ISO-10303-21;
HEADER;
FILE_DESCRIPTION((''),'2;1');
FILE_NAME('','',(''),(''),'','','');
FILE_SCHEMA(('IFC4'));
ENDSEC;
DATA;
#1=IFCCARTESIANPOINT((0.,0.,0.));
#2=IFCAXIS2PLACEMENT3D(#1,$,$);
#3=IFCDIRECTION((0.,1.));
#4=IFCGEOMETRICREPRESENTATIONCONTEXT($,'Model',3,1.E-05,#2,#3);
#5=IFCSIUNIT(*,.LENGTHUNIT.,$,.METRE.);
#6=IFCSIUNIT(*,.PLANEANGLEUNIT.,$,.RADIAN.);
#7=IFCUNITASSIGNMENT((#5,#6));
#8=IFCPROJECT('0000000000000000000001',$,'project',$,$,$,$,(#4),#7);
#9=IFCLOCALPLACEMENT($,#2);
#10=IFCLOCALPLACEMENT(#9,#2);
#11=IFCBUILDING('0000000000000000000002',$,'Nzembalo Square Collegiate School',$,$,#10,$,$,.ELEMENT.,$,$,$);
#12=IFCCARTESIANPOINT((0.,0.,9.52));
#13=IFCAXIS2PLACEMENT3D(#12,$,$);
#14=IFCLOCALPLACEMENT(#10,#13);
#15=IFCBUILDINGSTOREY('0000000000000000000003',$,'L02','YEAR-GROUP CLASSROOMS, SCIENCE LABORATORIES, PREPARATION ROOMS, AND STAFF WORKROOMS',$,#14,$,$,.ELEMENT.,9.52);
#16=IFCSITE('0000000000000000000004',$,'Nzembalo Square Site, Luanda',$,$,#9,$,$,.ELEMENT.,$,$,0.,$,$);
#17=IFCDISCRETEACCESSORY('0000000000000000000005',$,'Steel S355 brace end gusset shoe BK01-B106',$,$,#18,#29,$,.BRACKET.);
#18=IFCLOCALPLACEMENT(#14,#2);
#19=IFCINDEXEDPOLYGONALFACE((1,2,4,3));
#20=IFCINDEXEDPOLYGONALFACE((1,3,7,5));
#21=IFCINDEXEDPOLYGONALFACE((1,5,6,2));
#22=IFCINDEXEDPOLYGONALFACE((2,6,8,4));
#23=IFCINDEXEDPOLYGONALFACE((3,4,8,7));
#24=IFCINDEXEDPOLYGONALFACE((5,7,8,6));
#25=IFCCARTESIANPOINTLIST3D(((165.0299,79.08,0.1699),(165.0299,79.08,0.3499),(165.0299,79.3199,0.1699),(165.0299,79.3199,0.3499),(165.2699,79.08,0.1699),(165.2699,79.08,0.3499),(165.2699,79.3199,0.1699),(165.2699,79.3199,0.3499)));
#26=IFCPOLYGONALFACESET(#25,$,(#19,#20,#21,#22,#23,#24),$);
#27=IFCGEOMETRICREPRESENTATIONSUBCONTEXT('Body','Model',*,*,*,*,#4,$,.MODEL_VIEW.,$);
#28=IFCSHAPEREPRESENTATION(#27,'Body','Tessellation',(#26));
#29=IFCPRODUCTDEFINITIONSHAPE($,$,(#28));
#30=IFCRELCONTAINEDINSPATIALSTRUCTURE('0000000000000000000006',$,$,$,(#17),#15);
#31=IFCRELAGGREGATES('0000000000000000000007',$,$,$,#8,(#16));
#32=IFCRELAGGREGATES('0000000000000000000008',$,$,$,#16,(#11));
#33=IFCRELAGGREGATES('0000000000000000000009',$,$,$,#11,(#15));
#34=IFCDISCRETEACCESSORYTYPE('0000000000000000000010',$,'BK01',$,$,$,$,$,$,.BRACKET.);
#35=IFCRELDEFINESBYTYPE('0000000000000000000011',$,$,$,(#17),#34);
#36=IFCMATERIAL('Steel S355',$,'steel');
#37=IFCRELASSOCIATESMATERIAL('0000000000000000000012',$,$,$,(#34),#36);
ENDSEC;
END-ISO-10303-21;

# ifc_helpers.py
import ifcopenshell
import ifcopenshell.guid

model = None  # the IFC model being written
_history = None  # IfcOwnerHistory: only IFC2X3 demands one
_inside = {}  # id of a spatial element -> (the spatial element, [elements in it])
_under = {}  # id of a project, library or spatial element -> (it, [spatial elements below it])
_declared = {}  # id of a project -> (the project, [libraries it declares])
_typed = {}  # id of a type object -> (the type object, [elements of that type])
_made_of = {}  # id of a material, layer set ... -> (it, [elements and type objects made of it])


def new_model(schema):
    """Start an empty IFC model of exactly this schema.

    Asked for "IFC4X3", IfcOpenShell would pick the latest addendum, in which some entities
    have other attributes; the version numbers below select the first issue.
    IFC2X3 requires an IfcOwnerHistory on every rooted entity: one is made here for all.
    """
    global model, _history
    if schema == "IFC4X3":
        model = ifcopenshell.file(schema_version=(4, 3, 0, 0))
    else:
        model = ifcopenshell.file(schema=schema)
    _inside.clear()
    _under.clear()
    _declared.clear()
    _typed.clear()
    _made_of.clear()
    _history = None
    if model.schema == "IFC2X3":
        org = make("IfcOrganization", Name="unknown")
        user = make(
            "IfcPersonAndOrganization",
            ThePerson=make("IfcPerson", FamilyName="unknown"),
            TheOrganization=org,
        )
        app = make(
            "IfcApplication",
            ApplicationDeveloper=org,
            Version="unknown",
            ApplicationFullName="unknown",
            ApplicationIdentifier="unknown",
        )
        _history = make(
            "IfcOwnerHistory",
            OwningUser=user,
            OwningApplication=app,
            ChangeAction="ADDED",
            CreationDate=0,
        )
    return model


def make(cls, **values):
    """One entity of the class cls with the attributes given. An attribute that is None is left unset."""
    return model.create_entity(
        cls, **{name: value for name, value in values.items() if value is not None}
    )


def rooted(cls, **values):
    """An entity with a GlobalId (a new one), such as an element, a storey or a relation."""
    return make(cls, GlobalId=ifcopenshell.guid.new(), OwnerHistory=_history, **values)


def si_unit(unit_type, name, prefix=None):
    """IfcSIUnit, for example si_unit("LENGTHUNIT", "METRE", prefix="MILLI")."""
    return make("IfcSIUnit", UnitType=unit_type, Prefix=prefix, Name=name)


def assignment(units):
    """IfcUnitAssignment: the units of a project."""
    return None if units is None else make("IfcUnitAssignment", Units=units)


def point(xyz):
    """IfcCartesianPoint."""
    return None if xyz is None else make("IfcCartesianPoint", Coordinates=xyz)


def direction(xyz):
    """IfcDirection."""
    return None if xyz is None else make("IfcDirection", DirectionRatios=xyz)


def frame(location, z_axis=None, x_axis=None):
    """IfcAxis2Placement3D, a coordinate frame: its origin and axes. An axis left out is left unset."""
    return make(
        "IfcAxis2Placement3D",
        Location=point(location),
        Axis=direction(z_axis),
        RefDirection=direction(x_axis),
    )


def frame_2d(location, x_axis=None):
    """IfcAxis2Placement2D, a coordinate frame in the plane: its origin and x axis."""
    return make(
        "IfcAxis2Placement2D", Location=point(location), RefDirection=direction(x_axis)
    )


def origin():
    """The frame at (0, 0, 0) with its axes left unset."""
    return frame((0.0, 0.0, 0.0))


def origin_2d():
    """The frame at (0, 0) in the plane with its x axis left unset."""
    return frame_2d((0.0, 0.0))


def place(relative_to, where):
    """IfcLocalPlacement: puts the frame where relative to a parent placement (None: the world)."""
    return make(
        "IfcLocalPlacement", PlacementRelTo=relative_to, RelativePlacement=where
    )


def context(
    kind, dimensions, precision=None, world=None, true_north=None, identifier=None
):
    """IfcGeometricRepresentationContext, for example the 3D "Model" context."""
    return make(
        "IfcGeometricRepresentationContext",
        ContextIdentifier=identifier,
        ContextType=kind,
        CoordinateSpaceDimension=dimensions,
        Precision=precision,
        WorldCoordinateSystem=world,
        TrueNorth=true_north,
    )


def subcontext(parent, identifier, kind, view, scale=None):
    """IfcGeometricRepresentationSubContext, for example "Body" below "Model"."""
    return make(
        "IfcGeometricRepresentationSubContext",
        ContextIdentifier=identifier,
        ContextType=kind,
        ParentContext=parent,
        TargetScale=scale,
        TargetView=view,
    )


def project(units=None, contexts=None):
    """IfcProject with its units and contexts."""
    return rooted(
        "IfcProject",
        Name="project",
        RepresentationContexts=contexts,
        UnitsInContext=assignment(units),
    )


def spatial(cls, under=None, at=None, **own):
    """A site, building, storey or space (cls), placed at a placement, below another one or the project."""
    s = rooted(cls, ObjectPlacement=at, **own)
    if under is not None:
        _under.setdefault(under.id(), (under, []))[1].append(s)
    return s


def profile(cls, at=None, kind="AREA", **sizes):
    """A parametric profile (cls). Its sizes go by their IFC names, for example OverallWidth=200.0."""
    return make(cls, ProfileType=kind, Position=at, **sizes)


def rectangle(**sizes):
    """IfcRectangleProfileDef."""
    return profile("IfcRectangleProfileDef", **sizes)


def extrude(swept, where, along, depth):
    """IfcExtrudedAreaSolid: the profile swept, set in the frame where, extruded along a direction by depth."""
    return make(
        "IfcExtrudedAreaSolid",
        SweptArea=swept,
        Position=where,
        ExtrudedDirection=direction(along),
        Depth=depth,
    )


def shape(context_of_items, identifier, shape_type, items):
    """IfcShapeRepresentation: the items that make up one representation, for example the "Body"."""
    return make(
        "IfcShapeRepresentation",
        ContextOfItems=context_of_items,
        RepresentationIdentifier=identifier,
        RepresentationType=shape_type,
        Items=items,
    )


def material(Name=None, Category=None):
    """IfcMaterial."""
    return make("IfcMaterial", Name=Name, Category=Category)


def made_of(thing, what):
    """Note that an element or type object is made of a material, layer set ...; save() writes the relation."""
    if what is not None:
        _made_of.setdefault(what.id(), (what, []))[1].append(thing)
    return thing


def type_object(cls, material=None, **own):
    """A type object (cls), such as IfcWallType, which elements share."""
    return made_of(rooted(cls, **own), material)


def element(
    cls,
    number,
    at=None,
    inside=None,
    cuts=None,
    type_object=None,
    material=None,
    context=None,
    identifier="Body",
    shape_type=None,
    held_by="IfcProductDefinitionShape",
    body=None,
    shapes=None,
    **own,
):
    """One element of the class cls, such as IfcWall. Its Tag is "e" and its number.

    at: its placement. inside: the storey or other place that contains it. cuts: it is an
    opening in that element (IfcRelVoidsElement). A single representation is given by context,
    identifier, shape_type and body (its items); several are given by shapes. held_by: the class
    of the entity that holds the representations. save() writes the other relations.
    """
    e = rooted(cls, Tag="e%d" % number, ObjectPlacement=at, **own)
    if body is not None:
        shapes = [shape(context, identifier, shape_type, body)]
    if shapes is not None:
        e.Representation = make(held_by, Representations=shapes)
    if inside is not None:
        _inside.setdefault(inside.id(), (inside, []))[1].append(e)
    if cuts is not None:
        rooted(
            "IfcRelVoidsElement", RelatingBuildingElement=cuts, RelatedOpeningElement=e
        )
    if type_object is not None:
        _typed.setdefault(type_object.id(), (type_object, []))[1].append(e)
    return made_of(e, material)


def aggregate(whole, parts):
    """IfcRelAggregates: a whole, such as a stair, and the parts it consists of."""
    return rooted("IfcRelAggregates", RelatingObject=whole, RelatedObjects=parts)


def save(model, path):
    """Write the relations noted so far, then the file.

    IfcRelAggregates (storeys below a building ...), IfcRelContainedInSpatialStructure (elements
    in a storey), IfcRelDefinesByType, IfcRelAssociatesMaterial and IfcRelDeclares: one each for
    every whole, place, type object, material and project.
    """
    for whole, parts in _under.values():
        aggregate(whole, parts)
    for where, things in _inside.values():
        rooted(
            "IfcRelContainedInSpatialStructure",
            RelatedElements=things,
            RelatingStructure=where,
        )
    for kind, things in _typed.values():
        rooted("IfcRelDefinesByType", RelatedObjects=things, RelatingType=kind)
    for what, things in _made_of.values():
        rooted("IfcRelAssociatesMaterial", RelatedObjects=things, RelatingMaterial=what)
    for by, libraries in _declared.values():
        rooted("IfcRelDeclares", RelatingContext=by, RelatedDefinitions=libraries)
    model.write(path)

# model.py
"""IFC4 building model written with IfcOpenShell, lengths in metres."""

from ifc_helpers import new_model, si_unit, direction, frame, origin, origin_2d, place, context, subcontext, project, spatial, rectangle, extrude, material, type_object, element, save


model = new_model("IFC4")

# Units and contexts
model_context = context("Model", 3, precision=1e-05, world=origin(), true_north=direction((0.0, 1.0)))
body_context = subcontext(model_context, "Body", "Model", "MODEL_VIEW")
ifc_project = project(units=[si_unit("LENGTHUNIT", "METRE"), si_unit("PLANEANGLEUNIT", "RADIAN")], contexts=[model_context])

# Site, building, storey
site_placement = place(None, origin())
site = spatial("IfcSite", under=ifc_project, at=site_placement, Name="Nzembalo Square Site, Luanda", CompositionType="ELEMENT", RefElevation=0.0)
building_placement = place(site_placement, origin())
building = spatial("IfcBuilding", under=site, at=building_placement, Name="Nzembalo Square Collegiate School", CompositionType="ELEMENT")
storey_placement = place(building_placement, frame((0.0, 0.0, 9.52)))
storey = spatial("IfcBuildingStorey", under=building, at=storey_placement, Name="L02", Description="YEAR-GROUP CLASSROOMS, SCIENCE LABORATORIES, PREPARATION ROOMS, AND STAFF WORKROOMS", CompositionType="ELEMENT", Elevation=9.52)

# Discrete accessory
ifc_material_1 = material(Name="Steel S355", Category="steel")
discrete_accessory_type = type_object("IfcDiscreteAccessoryType", Name="BK01", PredefinedType="BRACKET", material=ifc_material_1)
discrete_accessory_placement = place(storey_placement, frame((165.1499, 79.2, 0.1699), z_axis=(0.0, 0.0, 1.0), x_axis=(1.0, 0.0, 0.0)))
element("IfcDiscreteAccessory", 1, at=discrete_accessory_placement, inside=storey, type_object=discrete_accessory_type, Name="Steel S355 brace end gusset shoe BK01-B106", PredefinedType="BRACKET", context=body_context, shape_type="SweptSolid", body=[
    extrude(rectangle(XDim=0.24, YDim=0.24, at=origin_2d()), origin(), (0.0, 0.0, 1.0), 0.1799),
])

save(model, "model.ifc")
